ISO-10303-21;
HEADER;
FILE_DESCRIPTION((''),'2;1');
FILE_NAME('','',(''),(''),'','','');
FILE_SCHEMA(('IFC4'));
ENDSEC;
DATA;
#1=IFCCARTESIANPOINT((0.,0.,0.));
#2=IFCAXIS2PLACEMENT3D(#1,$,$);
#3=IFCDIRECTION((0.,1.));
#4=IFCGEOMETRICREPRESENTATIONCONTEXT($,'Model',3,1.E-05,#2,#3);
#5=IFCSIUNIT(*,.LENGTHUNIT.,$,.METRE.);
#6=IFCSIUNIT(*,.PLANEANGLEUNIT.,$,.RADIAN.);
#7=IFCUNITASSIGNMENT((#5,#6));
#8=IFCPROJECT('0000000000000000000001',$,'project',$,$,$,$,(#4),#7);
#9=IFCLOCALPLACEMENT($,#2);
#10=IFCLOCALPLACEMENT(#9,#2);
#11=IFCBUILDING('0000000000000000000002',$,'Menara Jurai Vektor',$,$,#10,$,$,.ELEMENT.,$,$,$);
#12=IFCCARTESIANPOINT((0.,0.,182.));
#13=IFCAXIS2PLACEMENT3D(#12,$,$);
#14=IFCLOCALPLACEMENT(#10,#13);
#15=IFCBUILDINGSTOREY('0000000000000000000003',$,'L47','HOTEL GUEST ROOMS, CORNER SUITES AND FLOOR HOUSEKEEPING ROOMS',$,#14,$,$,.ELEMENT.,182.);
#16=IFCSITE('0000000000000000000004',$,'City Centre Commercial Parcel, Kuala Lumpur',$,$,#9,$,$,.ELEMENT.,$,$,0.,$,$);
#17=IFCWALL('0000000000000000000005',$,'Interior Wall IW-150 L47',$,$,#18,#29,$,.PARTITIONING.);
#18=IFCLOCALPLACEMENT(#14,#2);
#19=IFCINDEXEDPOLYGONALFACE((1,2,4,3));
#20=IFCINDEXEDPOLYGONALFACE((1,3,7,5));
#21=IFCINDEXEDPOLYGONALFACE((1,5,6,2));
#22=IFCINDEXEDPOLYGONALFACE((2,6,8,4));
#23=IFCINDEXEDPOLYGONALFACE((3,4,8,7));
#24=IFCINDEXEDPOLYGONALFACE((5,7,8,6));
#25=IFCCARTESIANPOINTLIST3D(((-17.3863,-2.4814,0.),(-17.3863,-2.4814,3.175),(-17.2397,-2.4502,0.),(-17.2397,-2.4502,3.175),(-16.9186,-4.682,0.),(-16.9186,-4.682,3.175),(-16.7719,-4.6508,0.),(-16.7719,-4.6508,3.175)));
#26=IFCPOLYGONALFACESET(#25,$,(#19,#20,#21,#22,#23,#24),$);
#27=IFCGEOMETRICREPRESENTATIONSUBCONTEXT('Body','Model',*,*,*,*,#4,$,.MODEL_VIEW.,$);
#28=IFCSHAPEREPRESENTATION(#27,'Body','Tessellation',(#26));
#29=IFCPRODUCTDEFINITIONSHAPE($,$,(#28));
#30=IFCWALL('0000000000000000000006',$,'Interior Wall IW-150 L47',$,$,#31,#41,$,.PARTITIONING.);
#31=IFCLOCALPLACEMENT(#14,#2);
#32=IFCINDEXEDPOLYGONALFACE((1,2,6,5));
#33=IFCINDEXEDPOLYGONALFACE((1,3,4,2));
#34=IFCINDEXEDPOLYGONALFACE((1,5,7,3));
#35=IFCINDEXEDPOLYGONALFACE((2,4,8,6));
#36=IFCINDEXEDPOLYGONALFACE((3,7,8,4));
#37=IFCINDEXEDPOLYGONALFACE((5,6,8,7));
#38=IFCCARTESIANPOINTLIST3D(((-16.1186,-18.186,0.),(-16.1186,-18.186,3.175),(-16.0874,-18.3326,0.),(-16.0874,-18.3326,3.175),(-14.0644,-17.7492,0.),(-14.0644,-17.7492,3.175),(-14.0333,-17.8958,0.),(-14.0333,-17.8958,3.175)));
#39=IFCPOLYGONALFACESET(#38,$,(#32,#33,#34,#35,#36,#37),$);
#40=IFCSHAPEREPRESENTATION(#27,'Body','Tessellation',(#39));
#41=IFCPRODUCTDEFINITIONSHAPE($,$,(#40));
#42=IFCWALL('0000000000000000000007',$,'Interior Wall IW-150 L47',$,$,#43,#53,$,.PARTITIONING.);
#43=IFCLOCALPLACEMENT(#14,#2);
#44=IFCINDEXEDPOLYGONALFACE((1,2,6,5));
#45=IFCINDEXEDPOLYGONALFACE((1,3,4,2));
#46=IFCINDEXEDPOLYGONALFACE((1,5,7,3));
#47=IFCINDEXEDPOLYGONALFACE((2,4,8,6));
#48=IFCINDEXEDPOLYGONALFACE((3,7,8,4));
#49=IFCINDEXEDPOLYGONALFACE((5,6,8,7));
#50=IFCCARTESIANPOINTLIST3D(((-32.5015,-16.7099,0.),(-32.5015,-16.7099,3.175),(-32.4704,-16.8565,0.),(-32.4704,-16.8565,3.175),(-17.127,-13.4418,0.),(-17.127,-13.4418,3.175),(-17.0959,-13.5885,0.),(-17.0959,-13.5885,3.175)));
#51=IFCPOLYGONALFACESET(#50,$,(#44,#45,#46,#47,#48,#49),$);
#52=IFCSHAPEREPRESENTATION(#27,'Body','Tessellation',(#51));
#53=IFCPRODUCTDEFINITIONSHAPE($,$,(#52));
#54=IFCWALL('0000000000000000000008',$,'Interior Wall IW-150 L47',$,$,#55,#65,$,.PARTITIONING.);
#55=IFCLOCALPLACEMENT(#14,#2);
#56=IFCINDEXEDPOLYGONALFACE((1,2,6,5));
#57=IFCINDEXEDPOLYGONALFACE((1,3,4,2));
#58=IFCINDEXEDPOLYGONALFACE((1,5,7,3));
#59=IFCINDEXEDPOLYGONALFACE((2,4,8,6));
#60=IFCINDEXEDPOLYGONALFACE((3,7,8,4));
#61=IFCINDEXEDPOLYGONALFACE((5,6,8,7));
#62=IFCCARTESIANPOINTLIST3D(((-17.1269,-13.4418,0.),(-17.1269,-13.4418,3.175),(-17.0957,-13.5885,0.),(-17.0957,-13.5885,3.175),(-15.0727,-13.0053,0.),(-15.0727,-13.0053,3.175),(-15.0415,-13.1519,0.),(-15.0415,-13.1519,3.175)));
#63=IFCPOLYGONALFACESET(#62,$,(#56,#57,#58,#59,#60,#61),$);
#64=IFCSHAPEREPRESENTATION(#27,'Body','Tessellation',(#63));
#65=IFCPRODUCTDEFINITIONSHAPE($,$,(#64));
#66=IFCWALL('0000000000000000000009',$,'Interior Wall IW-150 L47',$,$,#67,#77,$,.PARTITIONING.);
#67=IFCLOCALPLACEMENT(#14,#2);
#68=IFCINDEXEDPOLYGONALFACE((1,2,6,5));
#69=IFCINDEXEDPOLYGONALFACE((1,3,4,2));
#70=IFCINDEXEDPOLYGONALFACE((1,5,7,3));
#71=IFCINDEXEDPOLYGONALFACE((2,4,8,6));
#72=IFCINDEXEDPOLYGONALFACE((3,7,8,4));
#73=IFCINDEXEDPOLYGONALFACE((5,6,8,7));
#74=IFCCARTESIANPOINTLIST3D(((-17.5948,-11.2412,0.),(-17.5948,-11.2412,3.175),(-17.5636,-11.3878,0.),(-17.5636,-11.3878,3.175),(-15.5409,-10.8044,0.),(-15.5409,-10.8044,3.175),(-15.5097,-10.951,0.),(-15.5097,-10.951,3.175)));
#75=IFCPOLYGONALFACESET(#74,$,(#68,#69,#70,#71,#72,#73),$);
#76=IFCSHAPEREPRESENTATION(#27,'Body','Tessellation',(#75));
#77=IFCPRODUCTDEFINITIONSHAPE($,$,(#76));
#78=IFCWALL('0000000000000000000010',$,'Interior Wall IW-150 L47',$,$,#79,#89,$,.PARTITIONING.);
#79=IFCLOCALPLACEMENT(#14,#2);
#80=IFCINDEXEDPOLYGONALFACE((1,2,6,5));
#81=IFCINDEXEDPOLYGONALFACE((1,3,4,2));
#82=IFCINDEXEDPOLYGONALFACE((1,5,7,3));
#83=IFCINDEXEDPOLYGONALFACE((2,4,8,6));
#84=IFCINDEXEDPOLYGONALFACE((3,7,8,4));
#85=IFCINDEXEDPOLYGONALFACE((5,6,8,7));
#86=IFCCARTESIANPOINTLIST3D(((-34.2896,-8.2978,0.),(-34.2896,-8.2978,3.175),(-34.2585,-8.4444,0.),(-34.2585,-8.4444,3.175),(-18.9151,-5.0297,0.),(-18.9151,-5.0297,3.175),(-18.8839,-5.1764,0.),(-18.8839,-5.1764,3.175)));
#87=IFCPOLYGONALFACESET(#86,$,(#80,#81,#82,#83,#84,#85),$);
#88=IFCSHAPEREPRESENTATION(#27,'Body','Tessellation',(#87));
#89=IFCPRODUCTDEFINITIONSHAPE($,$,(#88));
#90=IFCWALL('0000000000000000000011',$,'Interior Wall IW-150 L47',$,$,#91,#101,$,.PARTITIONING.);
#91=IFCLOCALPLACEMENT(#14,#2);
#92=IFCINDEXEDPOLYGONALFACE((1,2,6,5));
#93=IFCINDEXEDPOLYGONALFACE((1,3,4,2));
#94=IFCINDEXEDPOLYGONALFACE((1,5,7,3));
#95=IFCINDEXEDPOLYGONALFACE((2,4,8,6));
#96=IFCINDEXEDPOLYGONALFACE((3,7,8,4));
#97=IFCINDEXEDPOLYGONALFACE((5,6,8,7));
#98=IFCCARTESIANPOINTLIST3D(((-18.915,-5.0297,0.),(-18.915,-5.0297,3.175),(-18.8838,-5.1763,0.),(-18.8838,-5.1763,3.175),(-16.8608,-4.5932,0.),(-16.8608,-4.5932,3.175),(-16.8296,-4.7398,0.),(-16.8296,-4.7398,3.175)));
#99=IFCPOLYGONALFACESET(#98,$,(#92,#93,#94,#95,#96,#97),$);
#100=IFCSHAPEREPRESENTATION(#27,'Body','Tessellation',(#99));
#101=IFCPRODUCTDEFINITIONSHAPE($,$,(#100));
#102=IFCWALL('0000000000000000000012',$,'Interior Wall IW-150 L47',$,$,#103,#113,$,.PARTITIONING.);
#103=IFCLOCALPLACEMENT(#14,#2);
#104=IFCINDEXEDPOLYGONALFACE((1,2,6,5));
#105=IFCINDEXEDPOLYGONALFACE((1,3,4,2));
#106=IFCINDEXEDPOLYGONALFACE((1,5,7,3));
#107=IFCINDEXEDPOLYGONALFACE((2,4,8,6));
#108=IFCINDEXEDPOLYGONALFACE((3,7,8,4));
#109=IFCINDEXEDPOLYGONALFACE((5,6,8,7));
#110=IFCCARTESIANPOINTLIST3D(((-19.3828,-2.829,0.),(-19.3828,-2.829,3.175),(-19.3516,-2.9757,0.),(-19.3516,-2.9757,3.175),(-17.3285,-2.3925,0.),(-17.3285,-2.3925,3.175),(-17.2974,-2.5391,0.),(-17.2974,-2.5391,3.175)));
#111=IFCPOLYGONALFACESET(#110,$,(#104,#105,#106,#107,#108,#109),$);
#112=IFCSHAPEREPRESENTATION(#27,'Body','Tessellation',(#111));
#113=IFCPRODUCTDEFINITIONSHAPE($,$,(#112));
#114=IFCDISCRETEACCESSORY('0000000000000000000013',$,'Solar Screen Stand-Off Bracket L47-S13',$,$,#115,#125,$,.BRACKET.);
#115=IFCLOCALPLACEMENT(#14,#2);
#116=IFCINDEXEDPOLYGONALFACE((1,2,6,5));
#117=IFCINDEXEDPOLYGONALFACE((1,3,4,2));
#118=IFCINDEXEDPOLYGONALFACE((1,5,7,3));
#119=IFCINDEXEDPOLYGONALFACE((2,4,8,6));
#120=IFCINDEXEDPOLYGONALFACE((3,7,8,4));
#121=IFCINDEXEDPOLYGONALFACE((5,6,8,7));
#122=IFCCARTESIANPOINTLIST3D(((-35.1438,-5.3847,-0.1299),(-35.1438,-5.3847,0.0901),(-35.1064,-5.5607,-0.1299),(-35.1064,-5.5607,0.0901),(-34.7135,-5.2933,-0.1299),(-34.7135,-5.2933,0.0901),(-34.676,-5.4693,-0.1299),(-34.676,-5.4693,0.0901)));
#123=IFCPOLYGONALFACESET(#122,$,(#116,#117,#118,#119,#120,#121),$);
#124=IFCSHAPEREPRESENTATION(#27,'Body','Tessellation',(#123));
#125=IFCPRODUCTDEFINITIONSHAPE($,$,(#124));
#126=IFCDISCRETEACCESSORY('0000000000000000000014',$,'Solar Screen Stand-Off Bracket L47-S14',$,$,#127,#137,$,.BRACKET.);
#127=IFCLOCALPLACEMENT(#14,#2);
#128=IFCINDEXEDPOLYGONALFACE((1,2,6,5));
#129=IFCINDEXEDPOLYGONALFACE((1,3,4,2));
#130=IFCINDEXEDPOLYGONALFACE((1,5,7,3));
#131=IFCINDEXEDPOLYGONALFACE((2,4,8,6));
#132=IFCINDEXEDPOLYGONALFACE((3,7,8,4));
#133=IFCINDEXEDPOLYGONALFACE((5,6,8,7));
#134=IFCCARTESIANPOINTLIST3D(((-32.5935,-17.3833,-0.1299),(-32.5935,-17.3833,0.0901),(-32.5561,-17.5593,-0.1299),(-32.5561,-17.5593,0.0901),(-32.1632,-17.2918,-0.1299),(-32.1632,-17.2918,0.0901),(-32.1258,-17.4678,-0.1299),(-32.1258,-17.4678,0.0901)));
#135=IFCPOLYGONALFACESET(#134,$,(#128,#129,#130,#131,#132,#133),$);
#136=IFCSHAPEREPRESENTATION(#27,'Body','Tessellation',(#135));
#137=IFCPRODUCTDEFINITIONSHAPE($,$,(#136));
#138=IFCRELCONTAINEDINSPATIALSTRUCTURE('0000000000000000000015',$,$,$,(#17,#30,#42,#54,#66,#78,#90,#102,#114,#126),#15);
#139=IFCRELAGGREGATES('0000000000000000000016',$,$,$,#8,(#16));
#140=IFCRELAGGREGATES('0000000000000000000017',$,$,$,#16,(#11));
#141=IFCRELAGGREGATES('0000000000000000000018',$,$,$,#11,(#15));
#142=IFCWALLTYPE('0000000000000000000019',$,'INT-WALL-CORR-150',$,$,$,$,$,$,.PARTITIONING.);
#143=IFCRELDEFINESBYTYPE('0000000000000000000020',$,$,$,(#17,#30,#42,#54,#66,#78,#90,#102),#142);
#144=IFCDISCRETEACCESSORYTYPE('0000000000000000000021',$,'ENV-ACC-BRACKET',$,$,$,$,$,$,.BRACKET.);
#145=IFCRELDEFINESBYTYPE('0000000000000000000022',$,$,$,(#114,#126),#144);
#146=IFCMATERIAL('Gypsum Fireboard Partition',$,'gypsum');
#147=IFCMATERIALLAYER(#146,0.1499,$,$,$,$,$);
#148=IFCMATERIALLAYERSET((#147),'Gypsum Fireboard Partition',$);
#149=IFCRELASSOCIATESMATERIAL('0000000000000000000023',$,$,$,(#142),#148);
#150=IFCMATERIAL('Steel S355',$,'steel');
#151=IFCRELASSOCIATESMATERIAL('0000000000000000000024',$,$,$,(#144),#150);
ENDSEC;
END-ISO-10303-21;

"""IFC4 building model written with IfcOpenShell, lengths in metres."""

from ifc_helpers import new_model, si_unit, direction, frame, frame_2d, origin, origin_2d, place, context, subcontext, project, spatial, rectangle, extrude, material, layer, layer_set, type_object, element, save


model = new_model("IFC4")

# Units and contexts
model_context = context("Model", 3, precision=1e-05, world=origin(), true_north=direction((0.0, 1.0)))
body_context = subcontext(model_context, "Body", "Model", "MODEL_VIEW")
ifc_project = project(units=[si_unit("LENGTHUNIT", "METRE"), si_unit("PLANEANGLEUNIT", "RADIAN")], contexts=[model_context])

# Site, building, storey
site_placement = place(None, origin())
site = spatial("IfcSite", under=ifc_project, at=site_placement, Name="City Centre Commercial Parcel, Kuala Lumpur", CompositionType="ELEMENT", RefElevation=0.0)
building_placement = place(site_placement, origin())
building = spatial("IfcBuilding", under=site, at=building_placement, Name="Menara Jurai Vektor", CompositionType="ELEMENT")
storey_placement = place(building_placement, frame((0.0, 0.0, 182.0)))
storey = spatial("IfcBuildingStorey", under=building, at=storey_placement, Name="L47", Description="HOTEL GUEST ROOMS, CORNER SUITES AND FLOOR HOUSEKEEPING ROOMS", CompositionType="ELEMENT", Elevation=182.0)

# Shared definitions
ifc_material_1 = material(Name="Steel S355", Category="steel")

# Shared definitions
ifc_material_2 = material(Name="Gypsum Fireboard Partition", Category="gypsum")
ifc_layer_1 = layer(ifc_material_2, 0.1499)
ifc_layer_set_1 = layer_set([ifc_layer_1], Name="Gypsum Fireboard Partition")
wall_type = type_object("IfcWallType", Name="INT-WALL-CORR-150", PredefinedType="PARTITIONING", material=ifc_layer_set_1)

# Walls
wall_1_placement = place(storey_placement, frame((-16.8452, -4.6665, 0.0), z_axis=(0.0, 0.0, 1.0), x_axis=(-0.207913, 0.978147, 0.0)))
element("IfcWall", 1, at=wall_1_placement, inside=storey, type_object=wall_type, Name="Interior Wall IW-150 L47", PredefinedType="PARTITIONING", context=body_context, shape_type="SweptSolid", body=[
    extrude(rectangle(XDim=2.2498, YDim=0.1499, at=frame_2d((1.125, 0.0))), origin(), (0.0, 0.0, 1.0), 3.175),
])
wall_2_placement = place(storey_placement, frame((-16.103, -18.2593, 0.0), z_axis=(0.0, 0.0, 1.0), x_axis=(0.978135, 0.207973, 0.0)))
element("IfcWall", 2, at=wall_2_placement, inside=storey, type_object=wall_type, Name="Interior Wall IW-150 L47", PredefinedType="PARTITIONING", context=body_context, shape_type="SweptSolid", body=[
    extrude(rectangle(XDim=2.1001, YDim=0.1499, at=frame_2d((1.05, 0.0))), origin(), (0.0, 0.0, 1.0), 3.175),
])
wall_3_placement = place(storey_placement, frame((-32.4858, -16.7832, 0.0), z_axis=(0.0, 0.0, 1.0), x_axis=(0.978146, 0.207919, 0.0)))
element("IfcWall", 3, at=wall_3_placement, inside=storey, type_object=wall_type, Name="Interior Wall IW-150 L47", PredefinedType="PARTITIONING", context=body_context, shape_type="SweptSolid", body=[
    extrude(rectangle(XDim=15.718, YDim=0.1499, at=frame_2d((7.8589, 0.0))), origin(), (0.0, 0.0, 1.0), 3.175),
])
wall_4_placement = place(storey_placement, frame((-17.1113, -13.5151, 0.0), z_axis=(0.0, 0.0, 1.0), x_axis=(0.978158, 0.207862, 0.0)))
element("IfcWall", 4, at=wall_4_placement, inside=storey, type_object=wall_type, Name="Interior Wall IW-150 L47", PredefinedType="PARTITIONING", context=body_context, shape_type="SweptSolid", body=[
    extrude(rectangle(XDim=2.1001, YDim=0.1499, at=frame_2d((1.05, 0.0))), origin(), (0.0, 0.0, 1.0), 3.175),
])

# Walls
wall_5_placement = place(storey_placement, frame((-17.5791, -11.3145, 0.0), z_axis=(0.0, 0.0, 1.0), x_axis=(0.97813, 0.207996, 0.0)))
element("IfcWall", 5, at=wall_5_placement, inside=storey, type_object=wall_type, Name="Interior Wall IW-150 L47", PredefinedType="PARTITIONING", context=body_context, shape_type="SweptSolid", body=[
    extrude(rectangle(XDim=2.0999, YDim=0.1499, at=frame_2d((1.0498, 0.0))), origin(), (0.0, 0.0, 1.0), 3.175),
])
wall_6_placement = place(storey_placement, frame((-34.2739, -8.3711, 0.0), z_axis=(0.0, 0.0, 1.0), x_axis=(0.978146, 0.207919, 0.0)))
element("IfcWall", 6, at=wall_6_placement, inside=storey, type_object=wall_type, Name="Interior Wall IW-150 L47", PredefinedType="PARTITIONING", context=body_context, shape_type="SweptSolid", body=[
    extrude(rectangle(XDim=15.718, YDim=0.1499, at=frame_2d((7.8589, 0.0))), origin(), (0.0, 0.0, 1.0), 3.175),
])
wall_7_placement = place(storey_placement, frame((-18.8994, -5.103, 0.0), z_axis=(0.0, 0.0, 1.0), x_axis=(0.978158, 0.207862, 0.0)))
element("IfcWall", 7, at=wall_7_placement, inside=storey, type_object=wall_type, Name="Interior Wall IW-150 L47", PredefinedType="PARTITIONING", context=body_context, shape_type="SweptSolid", body=[
    extrude(rectangle(XDim=2.1001, YDim=0.1499, at=frame_2d((1.05, 0.0))), origin(), (0.0, 0.0, 1.0), 3.175),
])

# Wall
wall_8_placement = place(storey_placement, frame((-19.3672, -2.9023, 0.0), z_axis=(0.0, 0.0, 1.0), x_axis=(0.978158, 0.207862, 0.0)))
element("IfcWall", 8, at=wall_8_placement, inside=storey, type_object=wall_type, Name="Interior Wall IW-150 L47", PredefinedType="PARTITIONING", context=body_context, shape_type="SweptSolid", body=[
    extrude(rectangle(XDim=2.1001, YDim=0.1499, at=frame_2d((1.05, 0.0))), origin(), (0.0, 0.0, 1.0), 3.175),
])

# Discrete accessories
discrete_accessory_type = type_object("IfcDiscreteAccessoryType", Name="ENV-ACC-BRACKET", PredefinedType="BRACKET", material=ifc_material_1)
for number, where, z_axis, x_axis, name in (
    (9, (-34.9099, -5.427, -0.1299), (0.0, 0.0, 1.0), (0.207912, -0.978148, 0.0), "Solar Screen Stand-Off Bracket L47-S13"),
    (10, (-32.3596, -17.4255, -0.1299), (0.0, 0.0, 1.0), (0.207912, -0.978148, 0.0), "Solar Screen Stand-Off Bracket L47-S14"),
):
    element("IfcDiscreteAccessory", number, at=place(storey_placement, frame(where, z_axis=z_axis, x_axis=x_axis)), inside=storey, type_object=discrete_accessory_type, Name=name, PredefinedType="BRACKET", context=body_context, shape_type="SweptSolid", body=[
        extrude(rectangle(XDim=0.1799, YDim=0.4399, at=origin_2d()), origin(), (0.0, 0.0, 1.0), 0.22),
    ])

save(model, "model.ifc")
